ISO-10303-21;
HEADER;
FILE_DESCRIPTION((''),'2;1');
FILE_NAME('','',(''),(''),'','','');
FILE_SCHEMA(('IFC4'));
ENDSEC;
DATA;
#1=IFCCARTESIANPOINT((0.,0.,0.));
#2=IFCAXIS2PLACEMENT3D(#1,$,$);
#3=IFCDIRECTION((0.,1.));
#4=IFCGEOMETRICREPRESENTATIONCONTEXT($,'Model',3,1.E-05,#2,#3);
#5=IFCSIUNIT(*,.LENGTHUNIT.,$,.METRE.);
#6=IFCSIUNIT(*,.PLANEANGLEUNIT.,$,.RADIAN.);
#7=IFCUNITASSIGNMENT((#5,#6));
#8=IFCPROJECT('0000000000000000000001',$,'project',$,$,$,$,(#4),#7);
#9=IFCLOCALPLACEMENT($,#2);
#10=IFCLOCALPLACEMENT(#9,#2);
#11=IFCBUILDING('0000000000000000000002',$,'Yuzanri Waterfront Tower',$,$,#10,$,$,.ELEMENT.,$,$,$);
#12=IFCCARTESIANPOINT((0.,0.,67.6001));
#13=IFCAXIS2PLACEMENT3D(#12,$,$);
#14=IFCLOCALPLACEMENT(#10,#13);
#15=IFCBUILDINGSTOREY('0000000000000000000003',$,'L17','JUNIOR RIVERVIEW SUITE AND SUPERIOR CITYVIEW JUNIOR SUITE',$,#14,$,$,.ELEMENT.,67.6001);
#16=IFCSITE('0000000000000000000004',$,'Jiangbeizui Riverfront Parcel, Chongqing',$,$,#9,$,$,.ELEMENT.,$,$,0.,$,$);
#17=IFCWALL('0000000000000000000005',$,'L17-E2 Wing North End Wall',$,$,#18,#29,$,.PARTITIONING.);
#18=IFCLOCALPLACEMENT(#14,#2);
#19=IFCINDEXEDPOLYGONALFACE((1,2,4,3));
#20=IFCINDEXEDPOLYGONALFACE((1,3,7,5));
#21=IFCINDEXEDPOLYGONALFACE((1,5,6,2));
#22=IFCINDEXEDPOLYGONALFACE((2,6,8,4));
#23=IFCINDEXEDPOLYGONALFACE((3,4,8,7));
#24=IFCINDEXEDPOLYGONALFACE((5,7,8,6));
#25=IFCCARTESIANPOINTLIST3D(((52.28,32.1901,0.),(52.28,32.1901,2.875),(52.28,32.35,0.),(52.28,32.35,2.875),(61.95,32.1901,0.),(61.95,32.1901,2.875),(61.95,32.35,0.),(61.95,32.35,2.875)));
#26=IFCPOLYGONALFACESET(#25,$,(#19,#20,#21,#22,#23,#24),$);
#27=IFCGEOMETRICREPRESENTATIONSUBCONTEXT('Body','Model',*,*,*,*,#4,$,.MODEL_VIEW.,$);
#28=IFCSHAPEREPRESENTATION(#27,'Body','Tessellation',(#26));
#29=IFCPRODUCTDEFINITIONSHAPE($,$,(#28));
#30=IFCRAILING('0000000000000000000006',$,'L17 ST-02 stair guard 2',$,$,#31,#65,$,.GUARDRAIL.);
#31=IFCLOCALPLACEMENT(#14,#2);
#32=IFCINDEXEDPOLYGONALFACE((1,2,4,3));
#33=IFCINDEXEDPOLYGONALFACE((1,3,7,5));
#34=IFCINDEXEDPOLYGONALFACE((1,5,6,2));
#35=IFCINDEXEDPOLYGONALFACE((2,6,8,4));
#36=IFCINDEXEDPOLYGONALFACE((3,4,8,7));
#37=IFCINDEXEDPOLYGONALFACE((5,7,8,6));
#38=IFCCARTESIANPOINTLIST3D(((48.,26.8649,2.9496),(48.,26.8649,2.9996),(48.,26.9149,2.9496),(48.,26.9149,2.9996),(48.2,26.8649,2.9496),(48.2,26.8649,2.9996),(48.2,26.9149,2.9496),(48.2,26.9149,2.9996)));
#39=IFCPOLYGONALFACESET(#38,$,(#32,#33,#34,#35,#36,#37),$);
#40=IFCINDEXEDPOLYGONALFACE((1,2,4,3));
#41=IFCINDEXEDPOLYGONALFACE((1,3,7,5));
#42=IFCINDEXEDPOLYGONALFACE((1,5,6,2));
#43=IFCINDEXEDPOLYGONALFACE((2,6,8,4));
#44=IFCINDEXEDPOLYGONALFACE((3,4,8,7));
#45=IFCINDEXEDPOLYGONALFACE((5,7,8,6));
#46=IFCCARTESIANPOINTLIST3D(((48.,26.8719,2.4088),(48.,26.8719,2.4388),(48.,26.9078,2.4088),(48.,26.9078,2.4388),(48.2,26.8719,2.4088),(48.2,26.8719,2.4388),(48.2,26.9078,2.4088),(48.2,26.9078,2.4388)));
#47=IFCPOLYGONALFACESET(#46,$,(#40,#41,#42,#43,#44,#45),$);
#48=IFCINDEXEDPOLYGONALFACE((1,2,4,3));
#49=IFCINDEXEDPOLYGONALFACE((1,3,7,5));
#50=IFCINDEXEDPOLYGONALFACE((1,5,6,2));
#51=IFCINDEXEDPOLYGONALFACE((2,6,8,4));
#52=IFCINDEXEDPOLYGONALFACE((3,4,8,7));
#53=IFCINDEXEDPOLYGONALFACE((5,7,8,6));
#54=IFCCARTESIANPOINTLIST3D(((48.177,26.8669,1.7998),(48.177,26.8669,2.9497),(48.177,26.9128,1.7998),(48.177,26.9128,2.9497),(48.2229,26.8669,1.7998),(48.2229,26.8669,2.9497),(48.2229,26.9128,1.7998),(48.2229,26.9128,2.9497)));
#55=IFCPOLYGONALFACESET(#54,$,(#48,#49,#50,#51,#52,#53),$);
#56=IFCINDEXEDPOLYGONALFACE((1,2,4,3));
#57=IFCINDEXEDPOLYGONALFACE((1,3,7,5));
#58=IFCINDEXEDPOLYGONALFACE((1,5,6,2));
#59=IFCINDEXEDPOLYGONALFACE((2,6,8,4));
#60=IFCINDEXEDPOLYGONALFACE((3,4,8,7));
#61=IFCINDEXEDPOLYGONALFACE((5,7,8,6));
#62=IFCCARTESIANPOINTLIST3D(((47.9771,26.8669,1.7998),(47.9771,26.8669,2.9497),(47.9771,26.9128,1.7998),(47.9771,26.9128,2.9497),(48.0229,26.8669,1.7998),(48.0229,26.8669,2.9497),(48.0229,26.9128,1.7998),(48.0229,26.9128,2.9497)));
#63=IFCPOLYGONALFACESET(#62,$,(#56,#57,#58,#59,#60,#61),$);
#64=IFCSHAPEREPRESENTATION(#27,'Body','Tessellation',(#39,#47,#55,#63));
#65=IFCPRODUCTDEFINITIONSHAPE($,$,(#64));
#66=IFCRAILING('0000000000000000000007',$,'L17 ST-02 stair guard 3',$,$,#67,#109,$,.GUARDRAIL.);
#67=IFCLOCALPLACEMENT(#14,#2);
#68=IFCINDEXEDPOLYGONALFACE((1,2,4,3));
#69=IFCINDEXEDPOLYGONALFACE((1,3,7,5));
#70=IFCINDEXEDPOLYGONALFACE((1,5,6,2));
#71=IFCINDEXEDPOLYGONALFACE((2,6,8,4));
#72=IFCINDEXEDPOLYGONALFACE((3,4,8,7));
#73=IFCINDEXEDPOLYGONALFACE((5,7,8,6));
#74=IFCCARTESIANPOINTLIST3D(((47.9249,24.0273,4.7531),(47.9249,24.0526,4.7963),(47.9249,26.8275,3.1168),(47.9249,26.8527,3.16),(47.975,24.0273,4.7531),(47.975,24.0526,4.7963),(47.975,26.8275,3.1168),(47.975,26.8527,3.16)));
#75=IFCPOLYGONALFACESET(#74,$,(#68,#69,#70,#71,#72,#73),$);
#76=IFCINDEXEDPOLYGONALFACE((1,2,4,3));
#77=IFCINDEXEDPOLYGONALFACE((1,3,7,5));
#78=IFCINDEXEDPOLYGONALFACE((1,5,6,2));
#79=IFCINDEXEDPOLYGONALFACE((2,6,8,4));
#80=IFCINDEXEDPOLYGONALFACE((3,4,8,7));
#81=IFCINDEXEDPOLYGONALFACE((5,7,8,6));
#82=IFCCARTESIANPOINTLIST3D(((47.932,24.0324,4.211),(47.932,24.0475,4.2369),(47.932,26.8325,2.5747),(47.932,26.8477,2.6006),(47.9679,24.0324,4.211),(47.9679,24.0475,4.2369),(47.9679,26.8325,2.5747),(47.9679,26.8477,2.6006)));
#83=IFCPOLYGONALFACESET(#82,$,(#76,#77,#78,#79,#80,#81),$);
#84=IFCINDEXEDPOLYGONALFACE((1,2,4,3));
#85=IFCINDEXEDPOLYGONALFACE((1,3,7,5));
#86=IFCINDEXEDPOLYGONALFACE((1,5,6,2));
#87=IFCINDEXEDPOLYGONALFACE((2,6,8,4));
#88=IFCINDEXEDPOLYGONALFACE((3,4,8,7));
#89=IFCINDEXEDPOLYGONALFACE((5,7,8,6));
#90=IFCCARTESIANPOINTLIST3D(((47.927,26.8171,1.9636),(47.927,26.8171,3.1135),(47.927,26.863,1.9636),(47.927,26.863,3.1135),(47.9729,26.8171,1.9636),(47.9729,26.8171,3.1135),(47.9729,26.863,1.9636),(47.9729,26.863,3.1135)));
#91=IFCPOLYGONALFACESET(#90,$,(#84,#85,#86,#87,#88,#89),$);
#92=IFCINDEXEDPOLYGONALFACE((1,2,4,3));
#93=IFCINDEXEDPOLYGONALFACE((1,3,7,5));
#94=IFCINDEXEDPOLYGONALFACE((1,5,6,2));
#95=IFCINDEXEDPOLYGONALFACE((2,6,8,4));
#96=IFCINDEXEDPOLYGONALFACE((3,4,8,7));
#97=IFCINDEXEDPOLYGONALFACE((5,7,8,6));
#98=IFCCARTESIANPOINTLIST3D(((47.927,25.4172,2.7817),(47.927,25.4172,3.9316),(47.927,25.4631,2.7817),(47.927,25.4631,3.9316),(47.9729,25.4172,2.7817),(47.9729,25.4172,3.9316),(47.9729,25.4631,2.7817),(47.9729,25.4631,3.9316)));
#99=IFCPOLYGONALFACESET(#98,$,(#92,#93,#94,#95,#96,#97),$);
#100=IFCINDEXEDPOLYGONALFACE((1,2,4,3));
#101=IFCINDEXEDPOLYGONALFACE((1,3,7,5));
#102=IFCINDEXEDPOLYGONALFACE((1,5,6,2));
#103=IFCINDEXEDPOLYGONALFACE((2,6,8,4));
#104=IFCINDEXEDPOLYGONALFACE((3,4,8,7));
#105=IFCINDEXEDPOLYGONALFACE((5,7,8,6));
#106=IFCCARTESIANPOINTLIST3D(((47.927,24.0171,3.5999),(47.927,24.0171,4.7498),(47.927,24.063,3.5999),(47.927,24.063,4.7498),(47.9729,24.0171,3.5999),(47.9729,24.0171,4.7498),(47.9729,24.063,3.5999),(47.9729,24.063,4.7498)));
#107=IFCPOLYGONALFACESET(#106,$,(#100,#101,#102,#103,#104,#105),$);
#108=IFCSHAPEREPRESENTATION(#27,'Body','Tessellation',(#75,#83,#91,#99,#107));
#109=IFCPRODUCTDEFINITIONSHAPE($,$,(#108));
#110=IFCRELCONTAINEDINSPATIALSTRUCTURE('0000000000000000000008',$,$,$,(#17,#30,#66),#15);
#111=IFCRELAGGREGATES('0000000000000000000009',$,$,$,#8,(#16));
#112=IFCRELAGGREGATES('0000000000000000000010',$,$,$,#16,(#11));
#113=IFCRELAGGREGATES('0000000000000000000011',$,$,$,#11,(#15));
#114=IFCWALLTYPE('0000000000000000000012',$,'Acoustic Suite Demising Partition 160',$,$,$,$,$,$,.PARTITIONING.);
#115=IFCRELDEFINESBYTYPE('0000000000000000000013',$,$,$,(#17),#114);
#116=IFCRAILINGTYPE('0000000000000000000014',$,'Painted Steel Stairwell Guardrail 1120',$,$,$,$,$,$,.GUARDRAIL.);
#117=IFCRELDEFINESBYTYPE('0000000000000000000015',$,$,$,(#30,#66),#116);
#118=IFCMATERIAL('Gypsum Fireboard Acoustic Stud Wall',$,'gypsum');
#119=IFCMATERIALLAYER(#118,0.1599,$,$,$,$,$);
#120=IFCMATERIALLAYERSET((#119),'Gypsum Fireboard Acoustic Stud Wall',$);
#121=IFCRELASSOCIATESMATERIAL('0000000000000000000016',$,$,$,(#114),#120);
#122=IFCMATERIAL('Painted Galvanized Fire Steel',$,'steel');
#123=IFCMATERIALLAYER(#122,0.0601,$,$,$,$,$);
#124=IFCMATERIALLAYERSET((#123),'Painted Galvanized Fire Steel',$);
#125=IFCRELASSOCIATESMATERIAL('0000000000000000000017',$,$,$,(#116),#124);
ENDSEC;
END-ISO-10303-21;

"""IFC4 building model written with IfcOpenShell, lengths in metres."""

from ifc_helpers import new_model, si_unit, direction, frame, frame_2d, origin, origin_2d, place, context, subcontext, project, spatial, rectangle, extrude, source, transform, mapped, material, layer, layer_set, type_object, element, save


model = new_model("IFC4")

# Units and contexts
model_context = context("Model", 3, precision=1e-05, world=origin(), true_north=direction((0.0, 1.0)))
body_context = subcontext(model_context, "Body", "Model", "MODEL_VIEW")
ifc_project = project(units=[si_unit("LENGTHUNIT", "METRE"), si_unit("PLANEANGLEUNIT", "RADIAN")], contexts=[model_context])

# Site, building, storey
site_placement = place(None, origin())
site = spatial("IfcSite", under=ifc_project, at=site_placement, Name="Jiangbeizui Riverfront Parcel, Chongqing", CompositionType="ELEMENT", RefElevation=0.0)
building_placement = place(site_placement, origin())
building = spatial("IfcBuilding", under=site, at=building_placement, Name="Yuzanri Waterfront Tower", CompositionType="ELEMENT")
storey_placement = place(building_placement, frame((0.0, 0.0, 67.6001)))
storey = spatial("IfcBuildingStorey", under=building, at=storey_placement, Name="L17", Description="JUNIOR RIVERVIEW SUITE AND SUPERIOR CITYVIEW JUNIOR SUITE", CompositionType="ELEMENT", Elevation=67.6001)

# Wall
ifc_material_1 = material(Name="Gypsum Fireboard Acoustic Stud Wall", Category="gypsum")
ifc_layer_1 = layer(ifc_material_1, 0.1599)
ifc_layer_set_1 = layer_set([ifc_layer_1], Name="Gypsum Fireboard Acoustic Stud Wall")
wall_type_1 = type_object("IfcWallType", Name="Acoustic Suite Demising Partition 160", PredefinedType="PARTITIONING", material=ifc_layer_set_1)
shared_shape_1 = source(origin(), body_context, "Body", "SweptSolid", [
    extrude(rectangle(XDim=9.6699, YDim=0.1599, at=frame_2d((4.835, 0.0))), origin(), (0.0, 0.0, 1.0), 2.875),
])
wall_1_placement = place(storey_placement, frame((52.28, 32.27, 0.0), z_axis=(0.0, 0.0, 1.0), x_axis=(1.0, 0.0, 0.0)))
element("IfcWall", 1, at=wall_1_placement, inside=storey, type_object=wall_type_1, Name="L17-E2 Wing North End Wall", PredefinedType="PARTITIONING", context=body_context, shape_type="MappedRepresentation", body=[
    mapped(shared_shape_1, transform((0.0, 0.0, 0.0), scale=1.0)),
])

# Railings
ifc_material_2 = material(Name="Painted Galvanized Fire Steel", Category="steel")
ifc_layer_2 = layer(ifc_material_2, 0.0601)
ifc_layer_set_2 = layer_set([ifc_layer_2], Name="Painted Galvanized Fire Steel")
railing_type = type_object("IfcRailingType", Name="Painted Steel Stairwell Guardrail 1120", PredefinedType="GUARDRAIL", material=ifc_layer_set_2)
shared_shape_2 = source(origin(), body_context, "Body", "SweptSolid", [
    extrude(rectangle(XDim=0.05, YDim=0.05, at=origin_2d()), frame((0.0, 0.0, 1.1748), z_axis=(-1.0, 0.0, 0.0), x_axis=(0.0, -1.0, 0.0)), (0.0, 0.0, 1.0), 0.2),
    extrude(rectangle(XDim=0.0359, YDim=0.03, at=origin_2d()), frame((0.0, 0.0, 0.624), z_axis=(-1.0, 0.0, 0.0), x_axis=(0.0, -1.0, 0.0)), (0.0, 0.0, 1.0), 0.2),
    extrude(rectangle(XDim=0.0459, YDim=0.0459, at=origin_2d()), origin(), (0.0, 0.0, 1.0), 1.1499),
    extrude(rectangle(XDim=0.0459, YDim=0.0459, at=origin_2d()), frame((-0.2, 0.0, 0.0)), (0.0, 0.0, 1.0), 1.1499),
])
railing_1_placement = place(storey_placement, frame((48.2, 26.8899, 1.7998)))
element("IfcRailing", 2, at=railing_1_placement, inside=storey, type_object=railing_type, Name="L17 ST-02 stair guard 2", PredefinedType="GUARDRAIL", context=body_context, shape_type="MappedRepresentation", body=[
    mapped(shared_shape_2, transform((0.0, 0.0, 0.0), scale=1.0)),
])
shared_shape_3 = source(origin(), body_context, "Body", "SweptSolid", [
    extrude(rectangle(XDim=0.05, YDim=0.05, at=origin_2d()), frame((0.0, 0.0, 1.1748), z_axis=(0.0, -0.863394, 0.504531), x_axis=(1.0, 0.0, 0.0)), (0.0, 0.0, 1.0), 3.2432),
    extrude(rectangle(XDim=0.0359, YDim=0.03, at=origin_2d()), frame((0.0, 0.0, 0.624), z_axis=(0.0, -0.863394, 0.504531), x_axis=(1.0, 0.0, 0.0)), (0.0, 0.0, 1.0), 3.2432),
    extrude(rectangle(XDim=0.0459, YDim=0.0459, at=origin_2d()), origin(), (0.0, 0.0, 1.0), 1.1499),
    extrude(rectangle(XDim=0.0459, YDim=0.0459, at=origin_2d()), frame((0.0, -1.3999, 0.8181)), (0.0, 0.0, 1.0), 1.1499),
    extrude(rectangle(XDim=0.0459, YDim=0.0459, at=origin_2d()), frame((0.0, -2.8, 1.6362)), (0.0, 0.0, 1.0), 1.1499),
])
railing_2_placement = place(storey_placement, frame((47.95, 26.8401, 1.9636)))
element("IfcRailing", 3, at=railing_2_placement, inside=storey, type_object=railing_type, Name="L17 ST-02 stair guard 3", PredefinedType="GUARDRAIL", context=body_context, shape_type="MappedRepresentation", body=[
    mapped(shared_shape_3, transform((0.0, 0.0, 0.0), scale=1.0)),
])

save(model, "model.ifc")
